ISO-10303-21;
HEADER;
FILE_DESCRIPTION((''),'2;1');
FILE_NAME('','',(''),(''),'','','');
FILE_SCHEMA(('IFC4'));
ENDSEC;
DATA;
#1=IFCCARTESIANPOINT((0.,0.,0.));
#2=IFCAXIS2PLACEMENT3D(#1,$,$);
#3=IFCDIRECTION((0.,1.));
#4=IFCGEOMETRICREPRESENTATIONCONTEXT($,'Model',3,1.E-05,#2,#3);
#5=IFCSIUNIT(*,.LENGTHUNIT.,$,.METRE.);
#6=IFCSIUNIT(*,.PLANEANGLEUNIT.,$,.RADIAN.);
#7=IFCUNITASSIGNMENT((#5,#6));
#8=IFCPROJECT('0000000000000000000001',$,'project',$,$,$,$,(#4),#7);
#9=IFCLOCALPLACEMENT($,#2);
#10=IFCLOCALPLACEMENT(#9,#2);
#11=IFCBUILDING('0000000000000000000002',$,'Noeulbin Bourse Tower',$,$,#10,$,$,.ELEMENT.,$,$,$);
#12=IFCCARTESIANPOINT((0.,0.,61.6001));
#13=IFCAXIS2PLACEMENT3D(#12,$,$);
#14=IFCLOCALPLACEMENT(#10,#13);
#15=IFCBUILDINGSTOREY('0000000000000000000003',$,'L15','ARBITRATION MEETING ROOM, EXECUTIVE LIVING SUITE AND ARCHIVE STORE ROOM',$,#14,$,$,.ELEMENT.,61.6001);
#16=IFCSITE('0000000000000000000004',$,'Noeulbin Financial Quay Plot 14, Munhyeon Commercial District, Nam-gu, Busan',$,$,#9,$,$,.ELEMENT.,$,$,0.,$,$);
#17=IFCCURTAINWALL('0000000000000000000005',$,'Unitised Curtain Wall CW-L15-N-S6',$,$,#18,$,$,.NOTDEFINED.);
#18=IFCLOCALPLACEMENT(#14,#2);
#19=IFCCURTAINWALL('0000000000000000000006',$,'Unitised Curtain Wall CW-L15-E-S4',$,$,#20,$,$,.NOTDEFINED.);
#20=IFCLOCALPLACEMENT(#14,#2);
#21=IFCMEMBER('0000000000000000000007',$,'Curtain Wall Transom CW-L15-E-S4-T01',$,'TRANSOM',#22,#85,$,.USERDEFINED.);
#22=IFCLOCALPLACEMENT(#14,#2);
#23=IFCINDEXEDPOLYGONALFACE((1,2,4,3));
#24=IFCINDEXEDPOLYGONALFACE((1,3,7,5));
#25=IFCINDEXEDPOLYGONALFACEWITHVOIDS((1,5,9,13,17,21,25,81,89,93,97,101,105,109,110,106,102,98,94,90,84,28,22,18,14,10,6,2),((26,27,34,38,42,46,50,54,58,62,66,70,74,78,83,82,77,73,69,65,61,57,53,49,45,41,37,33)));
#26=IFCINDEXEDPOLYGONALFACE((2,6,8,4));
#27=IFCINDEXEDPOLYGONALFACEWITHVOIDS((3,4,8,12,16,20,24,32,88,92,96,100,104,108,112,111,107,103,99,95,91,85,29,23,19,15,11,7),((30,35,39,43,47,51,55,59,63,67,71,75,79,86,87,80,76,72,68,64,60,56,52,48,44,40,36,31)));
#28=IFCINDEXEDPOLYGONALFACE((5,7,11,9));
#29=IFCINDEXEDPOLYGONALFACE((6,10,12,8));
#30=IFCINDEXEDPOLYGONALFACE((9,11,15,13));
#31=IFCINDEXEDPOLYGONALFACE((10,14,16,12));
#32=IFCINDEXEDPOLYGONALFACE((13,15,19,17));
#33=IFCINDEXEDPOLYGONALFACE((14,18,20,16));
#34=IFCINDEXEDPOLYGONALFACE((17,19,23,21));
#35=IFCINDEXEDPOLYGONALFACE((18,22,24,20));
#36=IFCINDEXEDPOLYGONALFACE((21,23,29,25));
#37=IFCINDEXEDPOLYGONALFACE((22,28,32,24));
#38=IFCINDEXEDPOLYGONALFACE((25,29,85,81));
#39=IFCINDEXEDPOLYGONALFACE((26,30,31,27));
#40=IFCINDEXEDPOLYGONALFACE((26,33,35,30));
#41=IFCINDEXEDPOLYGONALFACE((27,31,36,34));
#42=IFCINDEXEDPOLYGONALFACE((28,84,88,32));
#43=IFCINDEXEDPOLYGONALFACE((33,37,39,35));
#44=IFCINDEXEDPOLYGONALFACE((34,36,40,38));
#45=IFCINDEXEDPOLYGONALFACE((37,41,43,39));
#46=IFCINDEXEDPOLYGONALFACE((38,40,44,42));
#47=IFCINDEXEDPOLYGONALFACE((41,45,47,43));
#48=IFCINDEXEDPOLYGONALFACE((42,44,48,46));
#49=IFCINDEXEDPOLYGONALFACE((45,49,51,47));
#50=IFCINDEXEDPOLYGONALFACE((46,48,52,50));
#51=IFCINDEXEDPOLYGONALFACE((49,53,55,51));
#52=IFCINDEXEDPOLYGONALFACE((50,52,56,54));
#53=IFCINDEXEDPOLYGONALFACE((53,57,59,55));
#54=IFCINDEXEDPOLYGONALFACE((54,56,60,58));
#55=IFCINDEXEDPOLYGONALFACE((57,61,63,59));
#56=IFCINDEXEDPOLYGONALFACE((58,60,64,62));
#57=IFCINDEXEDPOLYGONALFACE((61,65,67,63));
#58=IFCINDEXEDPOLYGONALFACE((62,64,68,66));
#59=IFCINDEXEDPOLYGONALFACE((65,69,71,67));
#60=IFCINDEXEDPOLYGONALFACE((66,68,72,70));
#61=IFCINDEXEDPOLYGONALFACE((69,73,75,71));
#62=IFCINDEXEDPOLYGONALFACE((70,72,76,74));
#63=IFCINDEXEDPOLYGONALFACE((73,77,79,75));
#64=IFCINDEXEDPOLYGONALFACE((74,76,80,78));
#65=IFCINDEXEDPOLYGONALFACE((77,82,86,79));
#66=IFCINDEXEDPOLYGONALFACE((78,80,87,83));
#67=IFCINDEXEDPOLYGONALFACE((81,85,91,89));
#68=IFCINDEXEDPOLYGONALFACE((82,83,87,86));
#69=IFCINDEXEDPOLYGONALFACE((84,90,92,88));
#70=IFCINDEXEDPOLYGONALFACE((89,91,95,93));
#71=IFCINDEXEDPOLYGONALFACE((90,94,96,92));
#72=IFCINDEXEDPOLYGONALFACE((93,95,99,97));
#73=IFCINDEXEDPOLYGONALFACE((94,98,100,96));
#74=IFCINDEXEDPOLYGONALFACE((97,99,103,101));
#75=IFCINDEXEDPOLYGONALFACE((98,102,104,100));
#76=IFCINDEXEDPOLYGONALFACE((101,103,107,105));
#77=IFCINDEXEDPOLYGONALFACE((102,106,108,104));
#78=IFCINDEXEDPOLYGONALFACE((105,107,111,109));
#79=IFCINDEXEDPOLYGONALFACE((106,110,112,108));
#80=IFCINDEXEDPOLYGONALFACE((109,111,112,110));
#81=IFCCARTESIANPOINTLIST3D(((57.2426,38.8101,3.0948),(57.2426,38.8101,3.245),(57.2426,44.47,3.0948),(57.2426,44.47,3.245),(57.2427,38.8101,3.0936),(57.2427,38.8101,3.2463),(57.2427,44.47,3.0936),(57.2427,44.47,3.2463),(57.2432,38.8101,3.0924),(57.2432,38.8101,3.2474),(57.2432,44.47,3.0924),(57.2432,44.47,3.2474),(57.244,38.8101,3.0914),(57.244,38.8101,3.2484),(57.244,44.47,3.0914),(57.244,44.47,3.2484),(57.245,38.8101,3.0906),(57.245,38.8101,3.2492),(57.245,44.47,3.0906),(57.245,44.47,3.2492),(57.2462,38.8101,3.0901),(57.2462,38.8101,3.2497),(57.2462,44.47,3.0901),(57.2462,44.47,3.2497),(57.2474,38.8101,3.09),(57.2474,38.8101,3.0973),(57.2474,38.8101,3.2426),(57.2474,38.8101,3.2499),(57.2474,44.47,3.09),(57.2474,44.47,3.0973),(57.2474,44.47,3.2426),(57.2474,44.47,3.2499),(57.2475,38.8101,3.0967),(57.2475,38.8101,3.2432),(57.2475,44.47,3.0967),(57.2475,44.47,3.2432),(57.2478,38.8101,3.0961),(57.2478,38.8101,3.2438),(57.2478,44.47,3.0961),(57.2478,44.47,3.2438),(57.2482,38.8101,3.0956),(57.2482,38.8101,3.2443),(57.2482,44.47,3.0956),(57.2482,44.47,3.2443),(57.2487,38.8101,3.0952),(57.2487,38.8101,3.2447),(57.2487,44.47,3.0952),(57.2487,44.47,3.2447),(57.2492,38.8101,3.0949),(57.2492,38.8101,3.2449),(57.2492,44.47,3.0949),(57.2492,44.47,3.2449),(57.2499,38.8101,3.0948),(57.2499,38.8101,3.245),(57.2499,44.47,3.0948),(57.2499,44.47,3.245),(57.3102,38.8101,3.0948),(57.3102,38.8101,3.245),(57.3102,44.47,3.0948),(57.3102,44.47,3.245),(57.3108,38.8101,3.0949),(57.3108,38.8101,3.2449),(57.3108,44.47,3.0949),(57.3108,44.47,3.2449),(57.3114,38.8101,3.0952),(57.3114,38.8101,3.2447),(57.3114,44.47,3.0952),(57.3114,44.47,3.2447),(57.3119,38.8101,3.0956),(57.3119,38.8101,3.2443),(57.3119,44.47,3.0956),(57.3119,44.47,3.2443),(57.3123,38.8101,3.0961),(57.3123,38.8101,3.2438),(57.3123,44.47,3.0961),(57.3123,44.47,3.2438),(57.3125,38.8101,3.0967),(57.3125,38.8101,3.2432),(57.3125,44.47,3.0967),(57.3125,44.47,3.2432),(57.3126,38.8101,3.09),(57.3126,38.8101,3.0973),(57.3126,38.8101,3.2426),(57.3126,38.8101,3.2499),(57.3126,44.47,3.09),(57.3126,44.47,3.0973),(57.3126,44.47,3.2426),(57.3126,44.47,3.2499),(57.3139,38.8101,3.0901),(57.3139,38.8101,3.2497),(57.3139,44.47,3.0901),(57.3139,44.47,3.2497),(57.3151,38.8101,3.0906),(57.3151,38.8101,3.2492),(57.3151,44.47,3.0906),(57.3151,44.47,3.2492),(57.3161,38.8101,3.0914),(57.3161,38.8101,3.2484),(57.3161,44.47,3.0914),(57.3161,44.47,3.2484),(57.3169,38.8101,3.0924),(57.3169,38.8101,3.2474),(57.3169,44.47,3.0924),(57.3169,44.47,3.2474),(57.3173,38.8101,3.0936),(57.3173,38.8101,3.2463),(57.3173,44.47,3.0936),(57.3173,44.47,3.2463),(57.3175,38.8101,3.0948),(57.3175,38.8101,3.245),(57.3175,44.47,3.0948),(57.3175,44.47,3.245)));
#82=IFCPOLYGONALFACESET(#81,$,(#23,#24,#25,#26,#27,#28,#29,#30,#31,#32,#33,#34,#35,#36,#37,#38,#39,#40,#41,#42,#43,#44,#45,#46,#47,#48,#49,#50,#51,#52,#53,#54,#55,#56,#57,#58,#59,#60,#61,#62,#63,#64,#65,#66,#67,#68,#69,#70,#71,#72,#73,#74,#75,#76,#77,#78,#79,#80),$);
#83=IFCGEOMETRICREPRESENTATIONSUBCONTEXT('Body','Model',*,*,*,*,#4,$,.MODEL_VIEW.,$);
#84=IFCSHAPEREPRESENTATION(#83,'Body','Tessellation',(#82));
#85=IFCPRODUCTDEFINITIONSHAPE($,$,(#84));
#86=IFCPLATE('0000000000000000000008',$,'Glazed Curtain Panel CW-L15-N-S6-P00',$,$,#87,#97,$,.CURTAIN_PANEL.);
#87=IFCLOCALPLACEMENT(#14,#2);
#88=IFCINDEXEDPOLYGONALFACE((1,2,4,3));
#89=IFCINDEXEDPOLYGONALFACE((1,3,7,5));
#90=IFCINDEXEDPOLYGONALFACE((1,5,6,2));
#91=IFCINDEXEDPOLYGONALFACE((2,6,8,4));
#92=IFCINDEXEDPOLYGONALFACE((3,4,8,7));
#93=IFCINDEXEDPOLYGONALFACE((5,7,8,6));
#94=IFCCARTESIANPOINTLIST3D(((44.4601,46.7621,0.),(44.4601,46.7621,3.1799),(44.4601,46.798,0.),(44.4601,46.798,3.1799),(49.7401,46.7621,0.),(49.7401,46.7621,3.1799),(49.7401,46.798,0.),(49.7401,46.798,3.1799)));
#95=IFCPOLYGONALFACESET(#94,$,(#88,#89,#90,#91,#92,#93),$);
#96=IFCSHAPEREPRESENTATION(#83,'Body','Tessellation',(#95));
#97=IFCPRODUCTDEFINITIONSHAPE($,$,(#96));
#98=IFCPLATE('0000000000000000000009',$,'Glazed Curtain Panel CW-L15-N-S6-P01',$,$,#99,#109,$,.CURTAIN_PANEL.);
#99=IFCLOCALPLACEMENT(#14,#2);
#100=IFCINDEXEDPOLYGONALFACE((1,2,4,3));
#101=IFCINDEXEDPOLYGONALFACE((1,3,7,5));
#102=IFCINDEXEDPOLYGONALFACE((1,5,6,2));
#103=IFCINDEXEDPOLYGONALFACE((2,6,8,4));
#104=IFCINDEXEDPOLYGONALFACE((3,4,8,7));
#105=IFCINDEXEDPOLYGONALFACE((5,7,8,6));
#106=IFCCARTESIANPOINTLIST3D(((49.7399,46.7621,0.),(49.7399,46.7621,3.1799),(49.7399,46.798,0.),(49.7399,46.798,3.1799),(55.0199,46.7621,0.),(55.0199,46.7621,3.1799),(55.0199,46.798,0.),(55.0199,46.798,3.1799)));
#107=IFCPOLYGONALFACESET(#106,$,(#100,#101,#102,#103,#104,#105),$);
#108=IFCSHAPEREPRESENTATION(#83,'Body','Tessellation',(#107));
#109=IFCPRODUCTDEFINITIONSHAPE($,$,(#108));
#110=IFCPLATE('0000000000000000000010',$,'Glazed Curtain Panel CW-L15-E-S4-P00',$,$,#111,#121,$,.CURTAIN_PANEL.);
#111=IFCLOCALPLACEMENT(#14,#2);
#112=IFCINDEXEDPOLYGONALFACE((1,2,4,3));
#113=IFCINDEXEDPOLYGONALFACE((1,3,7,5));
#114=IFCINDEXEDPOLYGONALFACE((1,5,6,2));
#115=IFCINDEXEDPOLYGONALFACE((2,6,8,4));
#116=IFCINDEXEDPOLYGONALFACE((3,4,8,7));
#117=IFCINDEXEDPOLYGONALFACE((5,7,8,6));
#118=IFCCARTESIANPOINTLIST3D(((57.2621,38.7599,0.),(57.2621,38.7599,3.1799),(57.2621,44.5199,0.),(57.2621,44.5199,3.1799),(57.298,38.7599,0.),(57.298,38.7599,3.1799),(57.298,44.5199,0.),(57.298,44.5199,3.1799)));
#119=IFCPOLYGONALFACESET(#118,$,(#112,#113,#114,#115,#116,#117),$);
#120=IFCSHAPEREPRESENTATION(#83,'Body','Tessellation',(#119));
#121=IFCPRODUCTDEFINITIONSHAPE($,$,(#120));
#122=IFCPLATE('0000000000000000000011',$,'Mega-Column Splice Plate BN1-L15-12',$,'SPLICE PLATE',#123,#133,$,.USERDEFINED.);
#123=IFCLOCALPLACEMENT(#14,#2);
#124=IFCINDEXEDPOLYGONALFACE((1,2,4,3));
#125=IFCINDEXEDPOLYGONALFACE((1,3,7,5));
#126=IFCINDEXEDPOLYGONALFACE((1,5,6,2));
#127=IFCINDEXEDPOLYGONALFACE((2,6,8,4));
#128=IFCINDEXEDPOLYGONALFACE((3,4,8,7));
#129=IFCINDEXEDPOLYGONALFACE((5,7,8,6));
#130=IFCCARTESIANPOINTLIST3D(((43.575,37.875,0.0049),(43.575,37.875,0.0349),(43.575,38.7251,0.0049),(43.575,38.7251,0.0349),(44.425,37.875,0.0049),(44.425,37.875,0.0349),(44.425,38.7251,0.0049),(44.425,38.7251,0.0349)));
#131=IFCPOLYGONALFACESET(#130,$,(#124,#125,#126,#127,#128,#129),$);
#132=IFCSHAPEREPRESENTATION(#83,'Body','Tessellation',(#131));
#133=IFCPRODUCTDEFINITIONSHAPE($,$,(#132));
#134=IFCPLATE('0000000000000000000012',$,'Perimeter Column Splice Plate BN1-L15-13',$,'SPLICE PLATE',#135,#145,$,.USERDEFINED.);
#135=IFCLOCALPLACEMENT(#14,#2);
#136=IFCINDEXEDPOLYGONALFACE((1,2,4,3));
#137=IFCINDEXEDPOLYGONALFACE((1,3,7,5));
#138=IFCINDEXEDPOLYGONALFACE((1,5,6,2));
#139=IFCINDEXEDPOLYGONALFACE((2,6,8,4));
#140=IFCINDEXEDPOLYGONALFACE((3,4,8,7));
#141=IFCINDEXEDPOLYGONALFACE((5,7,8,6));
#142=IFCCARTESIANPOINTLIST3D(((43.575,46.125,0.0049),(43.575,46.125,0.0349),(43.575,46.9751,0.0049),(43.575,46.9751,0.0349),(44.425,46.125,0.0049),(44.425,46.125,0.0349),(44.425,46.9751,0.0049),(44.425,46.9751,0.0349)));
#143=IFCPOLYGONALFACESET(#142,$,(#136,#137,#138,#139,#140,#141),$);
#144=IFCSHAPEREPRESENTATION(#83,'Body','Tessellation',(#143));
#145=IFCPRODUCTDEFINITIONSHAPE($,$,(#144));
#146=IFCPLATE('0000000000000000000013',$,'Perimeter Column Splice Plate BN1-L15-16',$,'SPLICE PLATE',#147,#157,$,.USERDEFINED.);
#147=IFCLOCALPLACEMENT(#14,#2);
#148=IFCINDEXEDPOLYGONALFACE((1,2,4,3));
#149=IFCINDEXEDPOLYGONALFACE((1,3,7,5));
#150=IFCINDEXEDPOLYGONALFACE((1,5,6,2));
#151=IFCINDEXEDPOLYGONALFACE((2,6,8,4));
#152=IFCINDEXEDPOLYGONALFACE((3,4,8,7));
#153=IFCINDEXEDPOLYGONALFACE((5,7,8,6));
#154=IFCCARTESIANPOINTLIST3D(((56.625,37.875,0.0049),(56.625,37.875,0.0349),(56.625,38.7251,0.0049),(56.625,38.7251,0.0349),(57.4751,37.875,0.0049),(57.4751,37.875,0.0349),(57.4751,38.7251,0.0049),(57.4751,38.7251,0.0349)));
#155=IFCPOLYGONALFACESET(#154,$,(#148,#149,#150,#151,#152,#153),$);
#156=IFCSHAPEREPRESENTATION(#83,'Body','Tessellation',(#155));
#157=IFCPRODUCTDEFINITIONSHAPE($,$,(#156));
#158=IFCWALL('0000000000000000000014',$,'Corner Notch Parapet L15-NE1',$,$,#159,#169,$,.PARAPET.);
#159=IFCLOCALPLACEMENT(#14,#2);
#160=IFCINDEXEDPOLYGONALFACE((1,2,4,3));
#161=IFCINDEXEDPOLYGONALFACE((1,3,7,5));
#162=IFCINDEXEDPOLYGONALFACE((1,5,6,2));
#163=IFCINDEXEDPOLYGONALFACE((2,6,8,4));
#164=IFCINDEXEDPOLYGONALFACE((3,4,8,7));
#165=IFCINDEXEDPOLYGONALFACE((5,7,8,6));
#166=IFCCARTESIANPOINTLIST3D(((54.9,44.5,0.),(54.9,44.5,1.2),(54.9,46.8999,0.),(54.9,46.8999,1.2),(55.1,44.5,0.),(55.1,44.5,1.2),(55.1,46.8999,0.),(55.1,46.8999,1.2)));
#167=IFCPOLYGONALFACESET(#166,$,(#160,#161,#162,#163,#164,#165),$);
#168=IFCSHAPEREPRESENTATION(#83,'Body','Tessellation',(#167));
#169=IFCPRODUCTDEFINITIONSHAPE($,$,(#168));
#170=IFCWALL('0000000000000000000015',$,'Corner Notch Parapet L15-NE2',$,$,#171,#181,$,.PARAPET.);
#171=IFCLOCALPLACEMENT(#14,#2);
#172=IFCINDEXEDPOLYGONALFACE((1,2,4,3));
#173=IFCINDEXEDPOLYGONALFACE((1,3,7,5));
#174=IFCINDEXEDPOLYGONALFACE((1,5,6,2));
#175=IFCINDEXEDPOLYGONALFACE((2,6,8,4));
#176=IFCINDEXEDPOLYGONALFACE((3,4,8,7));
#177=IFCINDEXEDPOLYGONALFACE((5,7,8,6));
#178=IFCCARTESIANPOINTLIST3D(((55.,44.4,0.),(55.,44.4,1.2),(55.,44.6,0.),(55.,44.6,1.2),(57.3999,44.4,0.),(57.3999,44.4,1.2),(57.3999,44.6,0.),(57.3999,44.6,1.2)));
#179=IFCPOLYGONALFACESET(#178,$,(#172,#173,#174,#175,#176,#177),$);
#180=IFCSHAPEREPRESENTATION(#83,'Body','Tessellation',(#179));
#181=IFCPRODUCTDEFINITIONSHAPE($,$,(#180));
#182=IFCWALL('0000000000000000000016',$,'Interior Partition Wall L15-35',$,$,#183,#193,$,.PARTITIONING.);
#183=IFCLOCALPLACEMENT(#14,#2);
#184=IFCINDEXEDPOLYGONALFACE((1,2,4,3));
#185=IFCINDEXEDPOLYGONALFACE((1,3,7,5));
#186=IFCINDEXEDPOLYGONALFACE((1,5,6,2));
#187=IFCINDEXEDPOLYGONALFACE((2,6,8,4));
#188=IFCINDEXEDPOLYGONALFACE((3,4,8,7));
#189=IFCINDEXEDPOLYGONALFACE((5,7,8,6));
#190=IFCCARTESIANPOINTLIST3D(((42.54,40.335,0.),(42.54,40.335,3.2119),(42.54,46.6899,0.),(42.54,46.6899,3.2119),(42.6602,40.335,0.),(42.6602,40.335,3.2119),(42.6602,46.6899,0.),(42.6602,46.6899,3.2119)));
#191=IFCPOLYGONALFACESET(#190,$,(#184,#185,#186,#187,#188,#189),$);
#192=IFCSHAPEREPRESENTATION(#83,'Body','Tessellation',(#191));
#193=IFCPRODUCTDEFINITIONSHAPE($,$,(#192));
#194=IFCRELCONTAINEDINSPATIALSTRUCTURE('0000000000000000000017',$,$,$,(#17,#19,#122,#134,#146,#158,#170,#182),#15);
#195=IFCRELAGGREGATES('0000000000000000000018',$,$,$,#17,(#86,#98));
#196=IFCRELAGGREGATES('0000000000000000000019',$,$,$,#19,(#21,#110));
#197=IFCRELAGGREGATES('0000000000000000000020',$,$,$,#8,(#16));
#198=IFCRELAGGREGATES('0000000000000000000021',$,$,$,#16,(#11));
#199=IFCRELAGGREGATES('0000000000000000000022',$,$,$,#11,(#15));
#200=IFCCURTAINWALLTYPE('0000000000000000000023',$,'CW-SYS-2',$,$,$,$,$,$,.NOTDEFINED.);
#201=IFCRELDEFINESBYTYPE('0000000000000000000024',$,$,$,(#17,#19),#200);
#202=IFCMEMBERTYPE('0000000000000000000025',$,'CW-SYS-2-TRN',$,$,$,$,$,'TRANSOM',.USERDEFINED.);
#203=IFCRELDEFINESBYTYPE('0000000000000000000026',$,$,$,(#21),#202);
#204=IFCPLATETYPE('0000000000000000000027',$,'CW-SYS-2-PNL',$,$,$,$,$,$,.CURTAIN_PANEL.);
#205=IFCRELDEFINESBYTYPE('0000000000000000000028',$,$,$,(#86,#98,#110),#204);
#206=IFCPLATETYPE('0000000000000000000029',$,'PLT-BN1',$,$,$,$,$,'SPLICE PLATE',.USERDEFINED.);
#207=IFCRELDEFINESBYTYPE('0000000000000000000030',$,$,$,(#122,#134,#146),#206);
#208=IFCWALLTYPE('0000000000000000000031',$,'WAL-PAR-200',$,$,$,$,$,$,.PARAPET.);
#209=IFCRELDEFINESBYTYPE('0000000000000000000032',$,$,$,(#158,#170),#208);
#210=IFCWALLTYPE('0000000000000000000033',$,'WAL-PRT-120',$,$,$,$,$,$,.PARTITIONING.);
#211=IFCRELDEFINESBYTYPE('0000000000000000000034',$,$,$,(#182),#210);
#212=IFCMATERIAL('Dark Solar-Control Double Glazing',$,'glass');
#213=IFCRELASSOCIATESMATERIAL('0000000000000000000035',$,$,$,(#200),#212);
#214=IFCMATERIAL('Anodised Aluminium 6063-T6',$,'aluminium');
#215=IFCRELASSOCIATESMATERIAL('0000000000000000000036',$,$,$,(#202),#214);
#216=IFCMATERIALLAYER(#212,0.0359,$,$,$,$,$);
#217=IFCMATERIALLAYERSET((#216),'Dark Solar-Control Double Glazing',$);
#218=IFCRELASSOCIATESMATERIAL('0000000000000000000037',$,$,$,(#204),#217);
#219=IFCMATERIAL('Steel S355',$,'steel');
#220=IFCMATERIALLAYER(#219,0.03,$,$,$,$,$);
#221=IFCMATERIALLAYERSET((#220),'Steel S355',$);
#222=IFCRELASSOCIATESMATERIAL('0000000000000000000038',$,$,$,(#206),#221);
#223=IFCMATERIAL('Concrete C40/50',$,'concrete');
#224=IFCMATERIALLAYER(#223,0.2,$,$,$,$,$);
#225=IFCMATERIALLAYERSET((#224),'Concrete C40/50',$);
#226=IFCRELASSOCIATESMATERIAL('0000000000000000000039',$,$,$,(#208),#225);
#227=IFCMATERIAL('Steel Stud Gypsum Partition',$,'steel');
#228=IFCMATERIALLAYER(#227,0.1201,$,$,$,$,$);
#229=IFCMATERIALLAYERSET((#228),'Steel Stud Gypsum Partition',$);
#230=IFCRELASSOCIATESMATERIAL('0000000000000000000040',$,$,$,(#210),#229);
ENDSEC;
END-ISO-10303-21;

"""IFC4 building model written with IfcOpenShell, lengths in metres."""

from ifc_helpers import new_model, si_unit, direction, frame, frame_2d, origin, origin_2d, place, context, subcontext, project, spatial, rectangle, hollow_rectangle, extrude, material, layer, layer_set, material_profile, profile_set, type_object, element, aggregate, save


model = new_model("IFC4")

# Units and contexts
model_context = context("Model", 3, precision=1e-05, world=origin(), true_north=direction((0.0, 1.0)))
body_context = subcontext(model_context, "Body", "Model", "MODEL_VIEW")
ifc_project = project(units=[si_unit("LENGTHUNIT", "METRE"), si_unit("PLANEANGLEUNIT", "RADIAN")], contexts=[model_context])

# Site, building, storey
site_placement = place(None, origin())
site = spatial("IfcSite", under=ifc_project, at=site_placement, Name="Noeulbin Financial Quay Plot 14, Munhyeon Commercial District, Nam-gu, Busan", CompositionType="ELEMENT", RefElevation=0.0)
building_placement = place(site_placement, origin())
building = spatial("IfcBuilding", under=site, at=building_placement, Name="Noeulbin Bourse Tower", CompositionType="ELEMENT")
storey_placement = place(building_placement, frame((0.0, 0.0, 61.6001)))
storey = spatial("IfcBuildingStorey", under=building, at=storey_placement, Name="L15", Description="ARBITRATION MEETING ROOM, EXECUTIVE LIVING SUITE AND ARCHIVE STORE ROOM", CompositionType="ELEMENT", Elevation=61.6001)

# Shared definitions
ifc_material_1 = material(Name="Steel S355", Category="steel")

# Shared definitions
ifc_material_2 = material(Name="Dark Solar-Control Double Glazing", Category="glass")
curtain_wall_type = type_object("IfcCurtainWallType", Name="CW-SYS-2", PredefinedType="NOTDEFINED", material=ifc_material_2)
ifc_material_3 = material(Name="Anodised Aluminium 6063-T6", Category="aluminium")

# Curtain walls
curtain_wall_1_placement = place(storey_placement, origin())
curtain_wall_1 = element("IfcCurtainWall", 1, at=curtain_wall_1_placement, inside=storey, type_object=curtain_wall_type, Name="Unitised Curtain Wall CW-L15-N-S6", PredefinedType="NOTDEFINED")
curtain_wall_2_placement = place(storey_placement, origin())
curtain_wall_2 = element("IfcCurtainWall", 2, at=curtain_wall_2_placement, inside=storey, type_object=curtain_wall_type, Name="Unitised Curtain Wall CW-L15-E-S4", PredefinedType="NOTDEFINED")

# Member
ifc_material_profile_1 = material_profile(ifc_material_3, hollow_rectangle(XDim=0.075, YDim=0.1599, WallThickness=0.0049, InnerFilletRadius=0.0024, OuterFilletRadius=0.0049, at=origin_2d()), Name="ALU-TRAN-75x160x5", Category="LoadBearing")
ifc_profile_set_1 = profile_set([ifc_material_profile_1], Name="Anodised Aluminium 6063-T6")
member_type_1 = type_object("IfcMemberType", Name="CW-SYS-2-TRN", ElementType="TRANSOM", PredefinedType="USERDEFINED", material=ifc_profile_set_1)
member_1_placement = place(storey_placement, frame((57.28, 38.8101, 3.1699), z_axis=(0.0, 1.0, 0.0), x_axis=(-1.0, 0.0, 0.0)))
member_1 = element("IfcMember", 3, at=member_1_placement, type_object=member_type_1, Name="Curtain Wall Transom CW-L15-E-S4-T01", ObjectType="TRANSOM", PredefinedType="USERDEFINED", context=body_context, shape_type="SweptSolid", body=[
    extrude(hollow_rectangle(XDim=0.075, YDim=0.1599, WallThickness=0.0049, InnerFilletRadius=0.0024, OuterFilletRadius=0.0049, at=origin_2d()), origin(), (0.0, 0.0, 1.0), 5.6599),
])

# Plates
ifc_layer_1 = layer(ifc_material_2, 0.0359)
ifc_layer_set_1 = layer_set([ifc_layer_1], Name="Dark Solar-Control Double Glazing")
plate_type_1 = type_object("IfcPlateType", Name="CW-SYS-2-PNL", PredefinedType="CURTAIN_PANEL", material=ifc_layer_set_1)
plate_1_placement = place(storey_placement, frame((47.1001, 46.78, 0.0), z_axis=(0.0, 0.0, 1.0), x_axis=(1.0, 0.0, 0.0)))
plate_1 = element("IfcPlate", 4, at=plate_1_placement, type_object=plate_type_1, Name="Glazed Curtain Panel CW-L15-N-S6-P00", PredefinedType="CURTAIN_PANEL", context=body_context, shape_type="SweptSolid", body=[
    extrude(rectangle(XDim=5.28, YDim=0.0359, at=origin_2d()), origin(), (0.0, 0.0, 1.0), 3.1799),
])
plate_2_placement = place(storey_placement, frame((52.3799, 46.78, 0.0), z_axis=(0.0, 0.0, 1.0), x_axis=(1.0, 0.0, 0.0)))
plate_2 = element("IfcPlate", 5, at=plate_2_placement, type_object=plate_type_1, Name="Glazed Curtain Panel CW-L15-N-S6-P01", PredefinedType="CURTAIN_PANEL", context=body_context, shape_type="SweptSolid", body=[
    extrude(rectangle(XDim=5.28, YDim=0.0359, at=origin_2d()), origin(), (0.0, 0.0, 1.0), 3.1799),
])
aggregate(curtain_wall_1, [plate_1, plate_2])
plate_3_placement = place(storey_placement, frame((57.28, 41.6399, 0.0), z_axis=(0.0, 0.0, 1.0), x_axis=(0.0, 1.0, 0.0)))
plate_3 = element("IfcPlate", 6, at=plate_3_placement, type_object=plate_type_1, Name="Glazed Curtain Panel CW-L15-E-S4-P00", PredefinedType="CURTAIN_PANEL", context=body_context, shape_type="SweptSolid", body=[
    extrude(rectangle(XDim=5.76, YDim=0.0359, at=origin_2d()), origin(), (0.0, 0.0, 1.0), 3.1799),
])
aggregate(curtain_wall_2, [member_1, plate_3])

# Plates
ifc_layer_2 = layer(ifc_material_1, 0.03)
ifc_layer_set_2 = layer_set([ifc_layer_2], Name="Steel S355")
plate_type_2 = type_object("IfcPlateType", Name="PLT-BN1", ElementType="SPLICE PLATE", PredefinedType="USERDEFINED", material=ifc_layer_set_2)
for number, where, z_axis, x_axis, name in (
    (7, (44.0, 38.3, 0.0049), (0.0, 0.0, 1.0), (1.0, 0.0, 0.0), "Mega-Column Splice Plate BN1-L15-12"),
    (8, (44.0, 46.55, 0.0049), (0.0, 0.0, 1.0), (1.0, 0.0, 0.0), "Perimeter Column Splice Plate BN1-L15-13"),
    (9, (57.05, 38.3, 0.0049), (0.0, 0.0, 1.0), (1.0, 0.0, 0.0), "Perimeter Column Splice Plate BN1-L15-16"),
):
    element("IfcPlate", number, at=place(storey_placement, frame(where, z_axis=z_axis, x_axis=x_axis)), inside=storey, type_object=plate_type_2, Name=name, ObjectType="SPLICE PLATE", PredefinedType="USERDEFINED", context=body_context, shape_type="SweptSolid", body=[
        extrude(rectangle(XDim=0.8501, YDim=0.8501, at=origin_2d()), origin(), (0.0, 0.0, 1.0), 0.03),
    ])

# Walls
ifc_material_4 = material(Name="Concrete C40/50", Category="concrete")
ifc_layer_3 = layer(ifc_material_4, 0.2)
ifc_layer_set_3 = layer_set([ifc_layer_3], Name="Concrete C40/50")
wall_type_1 = type_object("IfcWallType", Name="WAL-PAR-200", PredefinedType="PARAPET", material=ifc_layer_set_3)
for number, where, z_axis, x_axis, name in (
    (10, (55.0, 46.8999, 0.0), (0.0, 0.0, 1.0), (0.0, -1.0, 0.0), "Corner Notch Parapet L15-NE1"),
    (11, (55.0, 44.5, 0.0), (0.0, 0.0, 1.0), (1.0, 0.0, 0.0), "Corner Notch Parapet L15-NE2"),
):
    element("IfcWall", number, at=place(storey_placement, frame(where, z_axis=z_axis, x_axis=x_axis)), inside=storey, type_object=wall_type_1, Name=name, PredefinedType="PARAPET", context=body_context, shape_type="SweptSolid", body=[
        extrude(rectangle(XDim=2.3999, YDim=0.2, at=frame_2d((1.2, 0.0))), origin(), (0.0, 0.0, 1.0), 1.2),
    ])
ifc_material_5 = material(Name="Steel Stud Gypsum Partition", Category="steel")
ifc_layer_4 = layer(ifc_material_5, 0.1201)
ifc_layer_set_4 = layer_set([ifc_layer_4], Name="Steel Stud Gypsum Partition")
wall_type_2 = type_object("IfcWallType", Name="WAL-PRT-120", PredefinedType="PARTITIONING", material=ifc_layer_set_4)
wall_placement = place(storey_placement, frame((42.6001, 40.335, 0.0), z_axis=(0.0, 0.0, 1.0), x_axis=(0.0, 1.0, 0.0)))
element("IfcWall", 12, at=wall_placement, inside=storey, type_object=wall_type_2, Name="Interior Partition Wall L15-35", PredefinedType="PARTITIONING", context=body_context, shape_type="SweptSolid", body=[
    extrude(rectangle(XDim=6.355, YDim=0.1201, at=frame_2d((3.1775, 0.0))), origin(), (0.0, 0.0, 1.0), 3.2119),
])

save(model, "model.ifc")
